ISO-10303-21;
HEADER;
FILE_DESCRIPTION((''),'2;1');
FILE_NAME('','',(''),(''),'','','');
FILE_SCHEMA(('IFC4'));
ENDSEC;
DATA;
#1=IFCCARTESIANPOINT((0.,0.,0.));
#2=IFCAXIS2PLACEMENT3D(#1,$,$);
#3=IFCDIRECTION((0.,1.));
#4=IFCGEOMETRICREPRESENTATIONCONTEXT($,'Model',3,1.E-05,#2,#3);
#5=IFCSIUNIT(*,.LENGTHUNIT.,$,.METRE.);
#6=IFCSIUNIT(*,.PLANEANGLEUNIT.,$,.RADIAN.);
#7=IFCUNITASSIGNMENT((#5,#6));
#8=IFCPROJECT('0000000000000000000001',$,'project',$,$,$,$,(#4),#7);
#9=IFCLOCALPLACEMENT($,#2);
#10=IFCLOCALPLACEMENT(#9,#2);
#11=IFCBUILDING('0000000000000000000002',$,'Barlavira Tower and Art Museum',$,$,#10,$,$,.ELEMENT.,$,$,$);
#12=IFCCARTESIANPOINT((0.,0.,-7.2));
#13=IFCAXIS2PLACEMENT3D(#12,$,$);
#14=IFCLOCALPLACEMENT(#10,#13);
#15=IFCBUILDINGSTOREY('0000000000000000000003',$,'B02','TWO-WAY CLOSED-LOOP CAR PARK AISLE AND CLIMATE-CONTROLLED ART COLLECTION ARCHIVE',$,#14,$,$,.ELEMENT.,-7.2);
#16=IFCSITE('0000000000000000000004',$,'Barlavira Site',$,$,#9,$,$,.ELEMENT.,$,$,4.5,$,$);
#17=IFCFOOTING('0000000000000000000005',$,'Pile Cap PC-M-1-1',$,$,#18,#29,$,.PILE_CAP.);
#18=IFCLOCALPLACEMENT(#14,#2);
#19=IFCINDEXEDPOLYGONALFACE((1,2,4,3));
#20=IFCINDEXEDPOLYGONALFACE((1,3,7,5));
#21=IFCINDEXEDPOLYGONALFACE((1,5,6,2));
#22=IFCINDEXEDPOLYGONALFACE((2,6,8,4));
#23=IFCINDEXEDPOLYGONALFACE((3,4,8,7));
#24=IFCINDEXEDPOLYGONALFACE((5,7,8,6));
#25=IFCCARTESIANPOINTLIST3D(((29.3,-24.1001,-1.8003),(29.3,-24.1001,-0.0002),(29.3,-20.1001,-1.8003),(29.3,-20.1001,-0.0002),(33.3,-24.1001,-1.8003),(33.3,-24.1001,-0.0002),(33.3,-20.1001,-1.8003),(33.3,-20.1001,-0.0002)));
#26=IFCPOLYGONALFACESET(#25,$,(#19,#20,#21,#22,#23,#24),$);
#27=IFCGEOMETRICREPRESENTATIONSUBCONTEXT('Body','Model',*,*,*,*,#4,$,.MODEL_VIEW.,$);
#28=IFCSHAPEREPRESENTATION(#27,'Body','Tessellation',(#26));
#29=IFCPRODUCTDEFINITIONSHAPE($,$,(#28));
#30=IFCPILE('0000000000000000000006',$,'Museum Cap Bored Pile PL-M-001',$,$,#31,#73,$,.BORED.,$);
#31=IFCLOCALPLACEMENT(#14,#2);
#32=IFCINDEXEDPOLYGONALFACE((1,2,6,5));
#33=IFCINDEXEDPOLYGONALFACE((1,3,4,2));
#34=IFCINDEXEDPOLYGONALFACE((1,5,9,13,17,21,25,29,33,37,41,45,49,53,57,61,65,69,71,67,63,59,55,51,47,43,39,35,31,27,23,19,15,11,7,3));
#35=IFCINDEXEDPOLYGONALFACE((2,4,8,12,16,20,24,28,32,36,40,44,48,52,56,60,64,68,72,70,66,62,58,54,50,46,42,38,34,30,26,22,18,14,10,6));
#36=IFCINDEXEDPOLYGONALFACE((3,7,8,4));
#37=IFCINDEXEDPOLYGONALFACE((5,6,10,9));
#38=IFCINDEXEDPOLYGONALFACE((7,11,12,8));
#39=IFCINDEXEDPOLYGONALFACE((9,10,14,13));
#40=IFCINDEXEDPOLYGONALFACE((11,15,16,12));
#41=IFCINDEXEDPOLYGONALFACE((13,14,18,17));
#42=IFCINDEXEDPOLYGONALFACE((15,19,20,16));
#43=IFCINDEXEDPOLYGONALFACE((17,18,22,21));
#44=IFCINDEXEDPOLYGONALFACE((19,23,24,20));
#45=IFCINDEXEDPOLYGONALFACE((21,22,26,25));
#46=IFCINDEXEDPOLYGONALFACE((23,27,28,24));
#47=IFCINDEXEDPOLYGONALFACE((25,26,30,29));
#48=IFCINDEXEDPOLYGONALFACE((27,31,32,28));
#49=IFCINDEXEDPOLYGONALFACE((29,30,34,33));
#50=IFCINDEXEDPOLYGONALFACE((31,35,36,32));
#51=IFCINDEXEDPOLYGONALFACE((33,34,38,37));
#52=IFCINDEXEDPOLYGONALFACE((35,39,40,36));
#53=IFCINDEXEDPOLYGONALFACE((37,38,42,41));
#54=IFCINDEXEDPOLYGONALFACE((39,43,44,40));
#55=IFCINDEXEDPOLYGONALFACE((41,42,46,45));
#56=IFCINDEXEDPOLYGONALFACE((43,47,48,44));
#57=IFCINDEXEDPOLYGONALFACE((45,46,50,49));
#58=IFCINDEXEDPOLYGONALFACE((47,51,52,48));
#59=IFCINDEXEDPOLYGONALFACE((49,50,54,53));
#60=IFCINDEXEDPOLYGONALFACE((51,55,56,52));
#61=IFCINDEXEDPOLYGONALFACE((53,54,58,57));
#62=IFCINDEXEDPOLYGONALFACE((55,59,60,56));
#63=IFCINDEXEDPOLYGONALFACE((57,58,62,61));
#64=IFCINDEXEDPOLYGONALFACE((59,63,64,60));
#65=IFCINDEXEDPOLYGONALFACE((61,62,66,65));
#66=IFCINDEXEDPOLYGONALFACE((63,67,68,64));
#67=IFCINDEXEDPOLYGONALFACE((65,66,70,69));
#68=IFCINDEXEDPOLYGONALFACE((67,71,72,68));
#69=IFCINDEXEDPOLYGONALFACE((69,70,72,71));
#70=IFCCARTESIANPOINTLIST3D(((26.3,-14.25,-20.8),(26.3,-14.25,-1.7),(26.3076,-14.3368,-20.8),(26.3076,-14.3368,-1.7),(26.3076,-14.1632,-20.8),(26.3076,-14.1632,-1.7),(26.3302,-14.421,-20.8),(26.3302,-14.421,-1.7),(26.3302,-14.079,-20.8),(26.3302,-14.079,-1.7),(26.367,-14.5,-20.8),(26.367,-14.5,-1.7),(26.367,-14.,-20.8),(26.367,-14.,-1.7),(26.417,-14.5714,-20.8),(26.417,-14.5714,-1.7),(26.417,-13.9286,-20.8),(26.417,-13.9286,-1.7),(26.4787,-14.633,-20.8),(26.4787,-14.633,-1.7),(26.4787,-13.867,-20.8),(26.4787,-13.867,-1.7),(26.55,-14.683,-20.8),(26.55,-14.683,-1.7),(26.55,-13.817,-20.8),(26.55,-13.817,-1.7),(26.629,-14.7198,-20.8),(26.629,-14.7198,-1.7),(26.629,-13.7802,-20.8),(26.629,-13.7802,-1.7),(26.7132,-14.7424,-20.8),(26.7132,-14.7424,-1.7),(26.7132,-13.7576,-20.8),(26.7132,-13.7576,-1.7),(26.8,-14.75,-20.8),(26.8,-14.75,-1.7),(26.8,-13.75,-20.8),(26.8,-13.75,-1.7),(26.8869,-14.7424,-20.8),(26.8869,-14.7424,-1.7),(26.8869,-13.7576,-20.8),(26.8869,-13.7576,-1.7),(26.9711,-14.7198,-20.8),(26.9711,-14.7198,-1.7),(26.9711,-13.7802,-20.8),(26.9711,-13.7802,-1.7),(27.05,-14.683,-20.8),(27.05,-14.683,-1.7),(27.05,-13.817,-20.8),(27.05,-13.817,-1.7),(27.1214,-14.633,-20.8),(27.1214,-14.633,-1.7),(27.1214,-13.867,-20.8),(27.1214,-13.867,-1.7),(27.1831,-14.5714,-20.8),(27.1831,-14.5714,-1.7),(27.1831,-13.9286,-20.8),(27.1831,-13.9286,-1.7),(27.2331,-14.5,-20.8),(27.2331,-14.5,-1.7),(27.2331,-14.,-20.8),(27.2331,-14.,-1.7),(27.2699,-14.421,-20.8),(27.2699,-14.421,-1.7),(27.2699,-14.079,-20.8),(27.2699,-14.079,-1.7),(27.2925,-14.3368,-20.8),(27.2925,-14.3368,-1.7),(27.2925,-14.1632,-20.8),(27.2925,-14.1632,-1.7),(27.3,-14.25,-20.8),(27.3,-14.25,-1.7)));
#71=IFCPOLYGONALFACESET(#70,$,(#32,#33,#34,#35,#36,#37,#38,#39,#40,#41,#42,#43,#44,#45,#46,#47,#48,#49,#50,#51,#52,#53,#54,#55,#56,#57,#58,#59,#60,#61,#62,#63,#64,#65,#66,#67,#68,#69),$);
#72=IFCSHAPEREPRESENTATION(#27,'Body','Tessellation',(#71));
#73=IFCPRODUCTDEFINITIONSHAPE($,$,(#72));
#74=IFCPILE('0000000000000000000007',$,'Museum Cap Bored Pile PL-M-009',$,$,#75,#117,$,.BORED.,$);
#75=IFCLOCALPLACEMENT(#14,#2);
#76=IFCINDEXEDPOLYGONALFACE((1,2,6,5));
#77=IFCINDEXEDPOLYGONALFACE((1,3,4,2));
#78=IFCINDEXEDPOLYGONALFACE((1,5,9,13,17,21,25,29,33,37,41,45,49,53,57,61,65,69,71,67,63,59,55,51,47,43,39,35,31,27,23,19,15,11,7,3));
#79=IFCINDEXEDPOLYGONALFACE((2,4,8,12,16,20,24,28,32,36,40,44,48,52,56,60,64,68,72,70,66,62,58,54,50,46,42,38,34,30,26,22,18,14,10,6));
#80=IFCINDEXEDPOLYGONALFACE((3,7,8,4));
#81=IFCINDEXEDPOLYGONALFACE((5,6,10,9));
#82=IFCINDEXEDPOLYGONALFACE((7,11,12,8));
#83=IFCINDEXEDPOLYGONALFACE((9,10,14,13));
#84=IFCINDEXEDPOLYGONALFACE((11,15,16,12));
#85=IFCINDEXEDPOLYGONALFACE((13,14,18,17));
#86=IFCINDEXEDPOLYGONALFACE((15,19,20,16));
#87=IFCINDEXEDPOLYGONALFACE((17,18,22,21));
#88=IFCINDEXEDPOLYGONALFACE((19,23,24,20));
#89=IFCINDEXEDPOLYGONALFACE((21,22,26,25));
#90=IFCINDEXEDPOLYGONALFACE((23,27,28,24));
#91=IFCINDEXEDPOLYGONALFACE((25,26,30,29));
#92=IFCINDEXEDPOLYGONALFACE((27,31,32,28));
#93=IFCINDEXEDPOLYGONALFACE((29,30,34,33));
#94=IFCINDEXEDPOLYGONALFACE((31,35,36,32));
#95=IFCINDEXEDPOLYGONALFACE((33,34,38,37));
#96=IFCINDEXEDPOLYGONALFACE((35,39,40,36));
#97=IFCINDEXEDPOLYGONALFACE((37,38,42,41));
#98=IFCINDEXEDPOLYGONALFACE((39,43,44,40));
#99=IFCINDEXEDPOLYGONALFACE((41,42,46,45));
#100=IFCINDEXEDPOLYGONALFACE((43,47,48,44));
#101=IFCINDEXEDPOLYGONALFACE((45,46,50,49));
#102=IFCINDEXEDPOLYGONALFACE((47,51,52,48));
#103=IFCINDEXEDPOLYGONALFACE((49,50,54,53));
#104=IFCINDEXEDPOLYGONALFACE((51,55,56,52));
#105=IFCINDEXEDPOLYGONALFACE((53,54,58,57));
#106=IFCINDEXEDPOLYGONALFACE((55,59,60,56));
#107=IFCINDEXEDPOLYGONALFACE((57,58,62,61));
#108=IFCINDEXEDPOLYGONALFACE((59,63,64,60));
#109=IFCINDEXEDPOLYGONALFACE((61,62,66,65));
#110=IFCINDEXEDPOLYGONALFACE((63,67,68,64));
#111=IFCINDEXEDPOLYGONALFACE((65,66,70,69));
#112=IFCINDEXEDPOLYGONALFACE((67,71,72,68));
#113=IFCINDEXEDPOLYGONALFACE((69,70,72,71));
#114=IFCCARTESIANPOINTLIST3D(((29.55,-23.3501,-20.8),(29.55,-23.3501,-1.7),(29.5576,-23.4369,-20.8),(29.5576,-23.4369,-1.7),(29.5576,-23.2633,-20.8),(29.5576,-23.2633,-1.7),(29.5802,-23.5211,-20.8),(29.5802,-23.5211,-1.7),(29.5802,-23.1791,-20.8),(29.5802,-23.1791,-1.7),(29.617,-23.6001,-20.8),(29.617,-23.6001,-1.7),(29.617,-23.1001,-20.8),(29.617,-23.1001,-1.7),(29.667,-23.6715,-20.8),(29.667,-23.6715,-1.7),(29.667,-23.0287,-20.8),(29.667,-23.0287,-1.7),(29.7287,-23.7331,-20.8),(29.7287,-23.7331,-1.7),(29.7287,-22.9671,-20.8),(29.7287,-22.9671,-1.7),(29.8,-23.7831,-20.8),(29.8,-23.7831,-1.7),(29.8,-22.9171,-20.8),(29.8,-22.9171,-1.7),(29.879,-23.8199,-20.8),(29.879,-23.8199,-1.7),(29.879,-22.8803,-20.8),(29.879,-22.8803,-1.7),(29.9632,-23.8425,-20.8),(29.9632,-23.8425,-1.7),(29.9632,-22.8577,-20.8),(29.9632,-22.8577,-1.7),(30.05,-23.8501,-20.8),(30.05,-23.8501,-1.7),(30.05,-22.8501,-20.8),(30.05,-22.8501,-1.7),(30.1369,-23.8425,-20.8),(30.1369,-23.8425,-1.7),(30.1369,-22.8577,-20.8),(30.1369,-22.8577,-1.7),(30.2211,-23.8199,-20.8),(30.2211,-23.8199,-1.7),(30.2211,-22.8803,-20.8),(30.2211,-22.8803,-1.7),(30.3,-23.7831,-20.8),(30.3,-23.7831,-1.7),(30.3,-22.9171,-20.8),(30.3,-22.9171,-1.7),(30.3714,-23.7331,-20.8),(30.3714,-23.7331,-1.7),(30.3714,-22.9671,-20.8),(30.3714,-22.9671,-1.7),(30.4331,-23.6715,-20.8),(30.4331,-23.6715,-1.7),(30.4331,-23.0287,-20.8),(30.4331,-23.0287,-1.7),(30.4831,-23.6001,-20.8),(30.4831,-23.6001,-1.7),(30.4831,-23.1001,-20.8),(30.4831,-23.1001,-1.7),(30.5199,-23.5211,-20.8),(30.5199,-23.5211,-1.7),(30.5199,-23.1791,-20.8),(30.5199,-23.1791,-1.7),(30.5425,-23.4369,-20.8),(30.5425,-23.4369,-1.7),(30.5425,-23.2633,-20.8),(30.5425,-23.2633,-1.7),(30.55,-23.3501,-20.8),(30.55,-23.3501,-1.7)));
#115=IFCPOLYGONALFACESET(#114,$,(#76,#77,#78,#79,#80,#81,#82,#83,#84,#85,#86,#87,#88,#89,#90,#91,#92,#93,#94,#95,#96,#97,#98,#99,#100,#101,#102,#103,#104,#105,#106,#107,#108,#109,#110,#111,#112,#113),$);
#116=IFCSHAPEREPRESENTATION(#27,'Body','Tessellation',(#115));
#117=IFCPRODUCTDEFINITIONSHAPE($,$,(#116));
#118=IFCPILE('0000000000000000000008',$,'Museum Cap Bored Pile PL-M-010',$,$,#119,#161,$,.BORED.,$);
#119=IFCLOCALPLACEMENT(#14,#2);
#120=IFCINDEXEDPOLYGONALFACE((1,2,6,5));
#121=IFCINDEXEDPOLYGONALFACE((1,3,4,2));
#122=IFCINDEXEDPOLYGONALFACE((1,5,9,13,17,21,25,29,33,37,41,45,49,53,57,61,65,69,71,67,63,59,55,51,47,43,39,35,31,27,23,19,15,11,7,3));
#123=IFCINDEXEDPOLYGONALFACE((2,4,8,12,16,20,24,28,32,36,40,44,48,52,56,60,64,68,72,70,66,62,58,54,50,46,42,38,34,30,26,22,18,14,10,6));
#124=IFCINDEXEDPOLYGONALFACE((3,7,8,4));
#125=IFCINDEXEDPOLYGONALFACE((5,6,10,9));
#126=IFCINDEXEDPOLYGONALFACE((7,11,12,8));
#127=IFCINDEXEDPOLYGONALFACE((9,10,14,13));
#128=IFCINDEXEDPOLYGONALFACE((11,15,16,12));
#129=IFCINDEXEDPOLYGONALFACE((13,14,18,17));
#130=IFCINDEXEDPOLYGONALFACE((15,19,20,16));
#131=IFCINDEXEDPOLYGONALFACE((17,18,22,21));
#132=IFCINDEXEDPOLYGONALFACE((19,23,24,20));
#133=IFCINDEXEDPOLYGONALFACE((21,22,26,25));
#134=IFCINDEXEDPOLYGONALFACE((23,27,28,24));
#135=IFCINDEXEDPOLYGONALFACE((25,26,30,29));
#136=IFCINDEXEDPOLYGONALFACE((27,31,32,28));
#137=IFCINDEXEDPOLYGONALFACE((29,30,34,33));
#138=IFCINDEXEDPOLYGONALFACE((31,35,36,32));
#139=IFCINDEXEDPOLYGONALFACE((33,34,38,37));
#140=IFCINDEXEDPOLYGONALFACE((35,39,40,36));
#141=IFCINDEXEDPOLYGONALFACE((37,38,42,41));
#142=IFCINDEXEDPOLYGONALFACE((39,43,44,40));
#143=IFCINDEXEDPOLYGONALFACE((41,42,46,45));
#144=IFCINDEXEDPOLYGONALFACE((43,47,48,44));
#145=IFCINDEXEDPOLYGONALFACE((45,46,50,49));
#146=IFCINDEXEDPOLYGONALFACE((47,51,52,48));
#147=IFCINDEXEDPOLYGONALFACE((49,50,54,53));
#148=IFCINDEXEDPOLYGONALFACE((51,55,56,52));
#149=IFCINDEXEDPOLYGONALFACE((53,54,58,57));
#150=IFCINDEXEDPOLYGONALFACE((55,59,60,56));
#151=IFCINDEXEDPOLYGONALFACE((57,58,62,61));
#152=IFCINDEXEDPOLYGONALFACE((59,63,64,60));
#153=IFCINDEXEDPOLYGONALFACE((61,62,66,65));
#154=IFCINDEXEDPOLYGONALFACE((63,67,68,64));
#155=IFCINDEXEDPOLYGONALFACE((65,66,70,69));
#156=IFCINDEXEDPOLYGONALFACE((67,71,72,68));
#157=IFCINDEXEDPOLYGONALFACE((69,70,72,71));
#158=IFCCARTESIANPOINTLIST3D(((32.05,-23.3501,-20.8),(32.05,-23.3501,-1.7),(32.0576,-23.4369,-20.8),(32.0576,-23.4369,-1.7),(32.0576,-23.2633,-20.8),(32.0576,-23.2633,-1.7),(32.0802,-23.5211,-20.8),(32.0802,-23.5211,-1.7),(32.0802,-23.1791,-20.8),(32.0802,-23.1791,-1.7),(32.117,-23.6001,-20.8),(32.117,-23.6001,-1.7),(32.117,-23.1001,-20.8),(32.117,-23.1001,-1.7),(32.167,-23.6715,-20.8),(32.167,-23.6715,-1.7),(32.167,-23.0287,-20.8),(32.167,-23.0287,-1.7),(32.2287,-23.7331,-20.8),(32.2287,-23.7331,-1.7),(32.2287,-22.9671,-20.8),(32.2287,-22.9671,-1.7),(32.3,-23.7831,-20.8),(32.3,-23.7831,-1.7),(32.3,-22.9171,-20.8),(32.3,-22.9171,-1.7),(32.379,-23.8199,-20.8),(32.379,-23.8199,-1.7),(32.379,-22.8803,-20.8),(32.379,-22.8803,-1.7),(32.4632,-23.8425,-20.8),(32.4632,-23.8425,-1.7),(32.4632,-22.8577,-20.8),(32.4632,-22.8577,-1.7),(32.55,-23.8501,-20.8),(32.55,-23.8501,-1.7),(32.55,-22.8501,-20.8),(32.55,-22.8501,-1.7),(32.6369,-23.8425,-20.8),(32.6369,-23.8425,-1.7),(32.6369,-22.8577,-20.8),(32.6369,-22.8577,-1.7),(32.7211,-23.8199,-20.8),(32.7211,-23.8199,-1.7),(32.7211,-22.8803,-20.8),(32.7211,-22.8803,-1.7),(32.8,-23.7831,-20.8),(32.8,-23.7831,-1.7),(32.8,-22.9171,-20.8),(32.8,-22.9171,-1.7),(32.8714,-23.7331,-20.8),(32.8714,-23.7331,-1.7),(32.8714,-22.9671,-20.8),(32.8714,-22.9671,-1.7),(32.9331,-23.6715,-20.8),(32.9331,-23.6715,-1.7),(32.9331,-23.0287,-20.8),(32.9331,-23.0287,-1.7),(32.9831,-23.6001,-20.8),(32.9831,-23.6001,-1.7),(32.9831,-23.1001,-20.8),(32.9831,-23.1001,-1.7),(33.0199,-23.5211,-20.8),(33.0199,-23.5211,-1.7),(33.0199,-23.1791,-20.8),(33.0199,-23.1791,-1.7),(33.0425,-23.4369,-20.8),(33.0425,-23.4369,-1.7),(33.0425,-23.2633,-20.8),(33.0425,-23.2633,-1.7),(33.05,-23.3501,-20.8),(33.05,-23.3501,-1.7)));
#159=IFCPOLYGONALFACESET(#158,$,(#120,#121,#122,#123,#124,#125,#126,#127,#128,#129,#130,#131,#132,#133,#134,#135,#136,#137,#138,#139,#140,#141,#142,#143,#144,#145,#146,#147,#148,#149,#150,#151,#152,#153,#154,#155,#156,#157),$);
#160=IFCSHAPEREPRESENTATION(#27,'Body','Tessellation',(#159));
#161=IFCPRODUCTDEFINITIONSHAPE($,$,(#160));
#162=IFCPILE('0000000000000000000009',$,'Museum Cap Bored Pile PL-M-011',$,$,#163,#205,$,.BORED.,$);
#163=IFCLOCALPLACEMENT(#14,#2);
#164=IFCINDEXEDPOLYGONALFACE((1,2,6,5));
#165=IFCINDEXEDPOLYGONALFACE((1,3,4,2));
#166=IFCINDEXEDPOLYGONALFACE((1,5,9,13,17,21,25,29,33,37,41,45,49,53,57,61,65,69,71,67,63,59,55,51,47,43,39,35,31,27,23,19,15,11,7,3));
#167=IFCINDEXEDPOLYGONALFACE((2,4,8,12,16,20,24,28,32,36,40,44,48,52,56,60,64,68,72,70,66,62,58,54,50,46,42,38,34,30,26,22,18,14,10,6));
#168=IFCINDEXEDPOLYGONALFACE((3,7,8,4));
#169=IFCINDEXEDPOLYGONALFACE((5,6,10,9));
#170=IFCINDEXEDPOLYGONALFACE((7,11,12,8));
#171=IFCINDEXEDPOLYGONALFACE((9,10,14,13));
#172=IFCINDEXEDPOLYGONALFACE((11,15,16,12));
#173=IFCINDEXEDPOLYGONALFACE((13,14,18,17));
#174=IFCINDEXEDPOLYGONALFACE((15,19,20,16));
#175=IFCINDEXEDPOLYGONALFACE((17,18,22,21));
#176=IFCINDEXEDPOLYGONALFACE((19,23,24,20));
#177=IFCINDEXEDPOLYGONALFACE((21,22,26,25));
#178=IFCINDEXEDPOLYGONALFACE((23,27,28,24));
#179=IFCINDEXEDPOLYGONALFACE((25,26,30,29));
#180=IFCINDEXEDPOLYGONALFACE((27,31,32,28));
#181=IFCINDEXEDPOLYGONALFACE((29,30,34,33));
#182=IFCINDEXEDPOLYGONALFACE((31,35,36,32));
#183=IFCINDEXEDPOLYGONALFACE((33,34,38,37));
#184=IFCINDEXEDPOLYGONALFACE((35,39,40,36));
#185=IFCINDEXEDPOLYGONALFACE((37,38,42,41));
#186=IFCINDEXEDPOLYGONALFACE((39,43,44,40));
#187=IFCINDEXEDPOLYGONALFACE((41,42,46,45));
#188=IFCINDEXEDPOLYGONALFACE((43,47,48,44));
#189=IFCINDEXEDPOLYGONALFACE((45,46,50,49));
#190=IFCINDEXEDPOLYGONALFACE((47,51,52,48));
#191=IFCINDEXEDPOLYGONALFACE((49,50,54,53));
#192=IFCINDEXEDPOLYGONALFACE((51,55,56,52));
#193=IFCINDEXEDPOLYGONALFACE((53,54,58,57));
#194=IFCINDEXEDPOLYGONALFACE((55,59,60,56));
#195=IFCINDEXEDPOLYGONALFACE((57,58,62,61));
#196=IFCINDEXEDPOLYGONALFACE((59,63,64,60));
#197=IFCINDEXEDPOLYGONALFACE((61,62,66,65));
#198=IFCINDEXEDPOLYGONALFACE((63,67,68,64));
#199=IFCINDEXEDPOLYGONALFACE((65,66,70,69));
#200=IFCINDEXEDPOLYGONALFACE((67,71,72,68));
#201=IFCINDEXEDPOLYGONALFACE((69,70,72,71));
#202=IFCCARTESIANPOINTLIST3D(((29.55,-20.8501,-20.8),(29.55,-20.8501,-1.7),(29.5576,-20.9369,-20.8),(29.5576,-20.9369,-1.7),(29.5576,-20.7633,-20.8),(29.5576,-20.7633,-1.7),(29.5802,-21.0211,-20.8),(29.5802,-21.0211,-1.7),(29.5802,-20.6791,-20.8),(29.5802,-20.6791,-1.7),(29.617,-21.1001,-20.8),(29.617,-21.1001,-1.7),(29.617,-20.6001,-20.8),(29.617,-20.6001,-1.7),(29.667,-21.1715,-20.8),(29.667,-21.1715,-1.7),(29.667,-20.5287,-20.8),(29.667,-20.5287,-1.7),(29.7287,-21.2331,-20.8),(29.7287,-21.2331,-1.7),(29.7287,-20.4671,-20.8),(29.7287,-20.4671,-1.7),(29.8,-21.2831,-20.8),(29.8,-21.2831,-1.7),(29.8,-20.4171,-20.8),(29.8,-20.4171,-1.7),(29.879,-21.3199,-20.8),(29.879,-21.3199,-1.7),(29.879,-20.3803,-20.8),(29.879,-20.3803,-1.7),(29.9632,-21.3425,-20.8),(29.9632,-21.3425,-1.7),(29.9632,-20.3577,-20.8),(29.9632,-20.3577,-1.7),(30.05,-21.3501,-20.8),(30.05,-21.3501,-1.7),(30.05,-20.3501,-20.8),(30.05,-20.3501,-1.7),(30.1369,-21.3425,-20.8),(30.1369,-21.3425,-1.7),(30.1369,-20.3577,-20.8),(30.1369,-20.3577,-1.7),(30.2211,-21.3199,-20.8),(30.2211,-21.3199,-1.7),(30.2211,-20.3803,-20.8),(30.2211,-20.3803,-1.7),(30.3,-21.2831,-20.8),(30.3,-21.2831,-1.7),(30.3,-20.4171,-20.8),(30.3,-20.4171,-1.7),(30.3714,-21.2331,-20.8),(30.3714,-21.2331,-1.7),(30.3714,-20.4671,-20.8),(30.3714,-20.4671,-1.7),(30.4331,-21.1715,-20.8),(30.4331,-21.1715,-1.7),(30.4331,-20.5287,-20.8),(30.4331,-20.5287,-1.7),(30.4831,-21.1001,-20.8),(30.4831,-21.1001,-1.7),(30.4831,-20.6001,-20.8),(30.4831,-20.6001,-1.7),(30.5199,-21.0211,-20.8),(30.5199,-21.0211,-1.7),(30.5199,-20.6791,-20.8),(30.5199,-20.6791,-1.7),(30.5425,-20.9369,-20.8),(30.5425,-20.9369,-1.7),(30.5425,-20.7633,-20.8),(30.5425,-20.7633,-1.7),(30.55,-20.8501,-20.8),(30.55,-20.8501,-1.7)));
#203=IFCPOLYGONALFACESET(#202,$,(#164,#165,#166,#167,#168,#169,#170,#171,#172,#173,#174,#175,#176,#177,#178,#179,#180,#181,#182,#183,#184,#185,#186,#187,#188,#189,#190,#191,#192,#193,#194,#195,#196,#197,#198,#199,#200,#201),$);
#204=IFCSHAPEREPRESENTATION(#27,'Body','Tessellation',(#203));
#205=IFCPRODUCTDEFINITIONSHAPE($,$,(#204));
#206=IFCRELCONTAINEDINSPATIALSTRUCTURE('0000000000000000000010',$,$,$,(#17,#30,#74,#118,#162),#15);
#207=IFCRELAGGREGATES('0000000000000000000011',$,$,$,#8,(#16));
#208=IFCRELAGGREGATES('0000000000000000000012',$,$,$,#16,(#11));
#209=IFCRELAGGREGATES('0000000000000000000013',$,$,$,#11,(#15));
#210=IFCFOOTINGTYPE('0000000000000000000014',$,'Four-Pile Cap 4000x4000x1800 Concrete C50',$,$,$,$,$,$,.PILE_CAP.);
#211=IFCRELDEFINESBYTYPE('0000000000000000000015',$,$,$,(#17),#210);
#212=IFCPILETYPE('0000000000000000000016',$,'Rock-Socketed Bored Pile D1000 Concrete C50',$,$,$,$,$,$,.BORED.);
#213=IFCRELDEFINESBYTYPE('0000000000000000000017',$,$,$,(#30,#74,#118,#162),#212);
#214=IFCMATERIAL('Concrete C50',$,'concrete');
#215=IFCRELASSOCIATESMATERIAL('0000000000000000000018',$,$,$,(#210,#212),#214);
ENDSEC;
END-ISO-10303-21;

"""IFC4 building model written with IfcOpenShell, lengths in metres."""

from ifc_helpers import new_model, si_unit, direction, frame, origin, origin_2d, place, context, subcontext, project, spatial, rectangle, circle, extrude, material, material_profile, profile_set, type_object, element, save


model = new_model("IFC4")

# Units and contexts
model_context = context("Model", 3, precision=1e-05, world=origin(), true_north=direction((0.0, 1.0)))
body_context = subcontext(model_context, "Body", "Model", "MODEL_VIEW")
ifc_project = project(units=[si_unit("LENGTHUNIT", "METRE"), si_unit("PLANEANGLEUNIT", "RADIAN")], contexts=[model_context])

# Site, building, storey
site_placement = place(None, origin())
site = spatial("IfcSite", under=ifc_project, at=site_placement, Name="Barlavira Site", CompositionType="ELEMENT", RefElevation=4.5)
building_placement = place(site_placement, origin())
building = spatial("IfcBuilding", under=site, at=building_placement, Name="Barlavira Tower and Art Museum", CompositionType="ELEMENT")
storey_placement = place(building_placement, frame((0.0, 0.0, -7.2)))
storey = spatial("IfcBuildingStorey", under=building, at=storey_placement, Name="B02", Description="TWO-WAY CLOSED-LOOP CAR PARK AISLE AND CLIMATE-CONTROLLED ART COLLECTION ARCHIVE", CompositionType="ELEMENT", Elevation=-7.2)

# Footing
ifc_material_1 = material(Name="Concrete C50", Category="concrete")
footing_type_1 = type_object("IfcFootingType", Name="Four-Pile Cap 4000x4000x1800 Concrete C50", PredefinedType="PILE_CAP", material=ifc_material_1)
footing_1_placement = place(storey_placement, frame((31.3, -22.1001, -1.8003), z_axis=(0.0, 0.0, 1.0), x_axis=(1.0, 0.0, 0.0)))
element("IfcFooting", 1, at=footing_1_placement, inside=storey, type_object=footing_type_1, Name="Pile Cap PC-M-1-1", PredefinedType="PILE_CAP", context=body_context, shape_type="SweptSolid", body=[
    extrude(rectangle(XDim=4.0, YDim=4.0, at=origin_2d()), origin(), (0.0, 0.0, 1.0), 1.8),
])

# Piles
ifc_material_profile_1 = material_profile(ifc_material_1, circle(Radius=0.5, at=origin_2d()), Name="BORED PILE D1000")
ifc_profile_set_1 = profile_set([ifc_material_profile_1], Name="Concrete C50")
pile_type = type_object("IfcPileType", Name="Rock-Socketed Bored Pile D1000 Concrete C50", PredefinedType="BORED", material=ifc_profile_set_1)
for number, where, z_axis, x_axis, name in (
    (2, (26.8, -14.25, -1.7), (0.0, 0.0, -1.0), (1.0, 0.0, 0.0), "Museum Cap Bored Pile PL-M-001"),
    (3, (30.05, -23.3501, -1.7), (0.0, 0.0, -1.0), (1.0, 0.0, 0.0), "Museum Cap Bored Pile PL-M-009"),
    (4, (32.55, -23.3501, -1.7), (0.0, 0.0, -1.0), (1.0, 0.0, 0.0), "Museum Cap Bored Pile PL-M-010"),
    (5, (30.05, -20.8501, -1.7), (0.0, 0.0, -1.0), (1.0, 0.0, 0.0), "Museum Cap Bored Pile PL-M-011"),
):
    element("IfcPile", number, at=place(storey_placement, frame(where, z_axis=z_axis, x_axis=x_axis)), inside=storey, type_object=pile_type, Name=name, PredefinedType="BORED", context=body_context, shape_type="SweptSolid", body=[
        extrude(circle(Radius=0.5, at=origin_2d()), origin(), (0.0, 0.0, 1.0), 19.1001),
    ])

save(model, "model.ifc")
